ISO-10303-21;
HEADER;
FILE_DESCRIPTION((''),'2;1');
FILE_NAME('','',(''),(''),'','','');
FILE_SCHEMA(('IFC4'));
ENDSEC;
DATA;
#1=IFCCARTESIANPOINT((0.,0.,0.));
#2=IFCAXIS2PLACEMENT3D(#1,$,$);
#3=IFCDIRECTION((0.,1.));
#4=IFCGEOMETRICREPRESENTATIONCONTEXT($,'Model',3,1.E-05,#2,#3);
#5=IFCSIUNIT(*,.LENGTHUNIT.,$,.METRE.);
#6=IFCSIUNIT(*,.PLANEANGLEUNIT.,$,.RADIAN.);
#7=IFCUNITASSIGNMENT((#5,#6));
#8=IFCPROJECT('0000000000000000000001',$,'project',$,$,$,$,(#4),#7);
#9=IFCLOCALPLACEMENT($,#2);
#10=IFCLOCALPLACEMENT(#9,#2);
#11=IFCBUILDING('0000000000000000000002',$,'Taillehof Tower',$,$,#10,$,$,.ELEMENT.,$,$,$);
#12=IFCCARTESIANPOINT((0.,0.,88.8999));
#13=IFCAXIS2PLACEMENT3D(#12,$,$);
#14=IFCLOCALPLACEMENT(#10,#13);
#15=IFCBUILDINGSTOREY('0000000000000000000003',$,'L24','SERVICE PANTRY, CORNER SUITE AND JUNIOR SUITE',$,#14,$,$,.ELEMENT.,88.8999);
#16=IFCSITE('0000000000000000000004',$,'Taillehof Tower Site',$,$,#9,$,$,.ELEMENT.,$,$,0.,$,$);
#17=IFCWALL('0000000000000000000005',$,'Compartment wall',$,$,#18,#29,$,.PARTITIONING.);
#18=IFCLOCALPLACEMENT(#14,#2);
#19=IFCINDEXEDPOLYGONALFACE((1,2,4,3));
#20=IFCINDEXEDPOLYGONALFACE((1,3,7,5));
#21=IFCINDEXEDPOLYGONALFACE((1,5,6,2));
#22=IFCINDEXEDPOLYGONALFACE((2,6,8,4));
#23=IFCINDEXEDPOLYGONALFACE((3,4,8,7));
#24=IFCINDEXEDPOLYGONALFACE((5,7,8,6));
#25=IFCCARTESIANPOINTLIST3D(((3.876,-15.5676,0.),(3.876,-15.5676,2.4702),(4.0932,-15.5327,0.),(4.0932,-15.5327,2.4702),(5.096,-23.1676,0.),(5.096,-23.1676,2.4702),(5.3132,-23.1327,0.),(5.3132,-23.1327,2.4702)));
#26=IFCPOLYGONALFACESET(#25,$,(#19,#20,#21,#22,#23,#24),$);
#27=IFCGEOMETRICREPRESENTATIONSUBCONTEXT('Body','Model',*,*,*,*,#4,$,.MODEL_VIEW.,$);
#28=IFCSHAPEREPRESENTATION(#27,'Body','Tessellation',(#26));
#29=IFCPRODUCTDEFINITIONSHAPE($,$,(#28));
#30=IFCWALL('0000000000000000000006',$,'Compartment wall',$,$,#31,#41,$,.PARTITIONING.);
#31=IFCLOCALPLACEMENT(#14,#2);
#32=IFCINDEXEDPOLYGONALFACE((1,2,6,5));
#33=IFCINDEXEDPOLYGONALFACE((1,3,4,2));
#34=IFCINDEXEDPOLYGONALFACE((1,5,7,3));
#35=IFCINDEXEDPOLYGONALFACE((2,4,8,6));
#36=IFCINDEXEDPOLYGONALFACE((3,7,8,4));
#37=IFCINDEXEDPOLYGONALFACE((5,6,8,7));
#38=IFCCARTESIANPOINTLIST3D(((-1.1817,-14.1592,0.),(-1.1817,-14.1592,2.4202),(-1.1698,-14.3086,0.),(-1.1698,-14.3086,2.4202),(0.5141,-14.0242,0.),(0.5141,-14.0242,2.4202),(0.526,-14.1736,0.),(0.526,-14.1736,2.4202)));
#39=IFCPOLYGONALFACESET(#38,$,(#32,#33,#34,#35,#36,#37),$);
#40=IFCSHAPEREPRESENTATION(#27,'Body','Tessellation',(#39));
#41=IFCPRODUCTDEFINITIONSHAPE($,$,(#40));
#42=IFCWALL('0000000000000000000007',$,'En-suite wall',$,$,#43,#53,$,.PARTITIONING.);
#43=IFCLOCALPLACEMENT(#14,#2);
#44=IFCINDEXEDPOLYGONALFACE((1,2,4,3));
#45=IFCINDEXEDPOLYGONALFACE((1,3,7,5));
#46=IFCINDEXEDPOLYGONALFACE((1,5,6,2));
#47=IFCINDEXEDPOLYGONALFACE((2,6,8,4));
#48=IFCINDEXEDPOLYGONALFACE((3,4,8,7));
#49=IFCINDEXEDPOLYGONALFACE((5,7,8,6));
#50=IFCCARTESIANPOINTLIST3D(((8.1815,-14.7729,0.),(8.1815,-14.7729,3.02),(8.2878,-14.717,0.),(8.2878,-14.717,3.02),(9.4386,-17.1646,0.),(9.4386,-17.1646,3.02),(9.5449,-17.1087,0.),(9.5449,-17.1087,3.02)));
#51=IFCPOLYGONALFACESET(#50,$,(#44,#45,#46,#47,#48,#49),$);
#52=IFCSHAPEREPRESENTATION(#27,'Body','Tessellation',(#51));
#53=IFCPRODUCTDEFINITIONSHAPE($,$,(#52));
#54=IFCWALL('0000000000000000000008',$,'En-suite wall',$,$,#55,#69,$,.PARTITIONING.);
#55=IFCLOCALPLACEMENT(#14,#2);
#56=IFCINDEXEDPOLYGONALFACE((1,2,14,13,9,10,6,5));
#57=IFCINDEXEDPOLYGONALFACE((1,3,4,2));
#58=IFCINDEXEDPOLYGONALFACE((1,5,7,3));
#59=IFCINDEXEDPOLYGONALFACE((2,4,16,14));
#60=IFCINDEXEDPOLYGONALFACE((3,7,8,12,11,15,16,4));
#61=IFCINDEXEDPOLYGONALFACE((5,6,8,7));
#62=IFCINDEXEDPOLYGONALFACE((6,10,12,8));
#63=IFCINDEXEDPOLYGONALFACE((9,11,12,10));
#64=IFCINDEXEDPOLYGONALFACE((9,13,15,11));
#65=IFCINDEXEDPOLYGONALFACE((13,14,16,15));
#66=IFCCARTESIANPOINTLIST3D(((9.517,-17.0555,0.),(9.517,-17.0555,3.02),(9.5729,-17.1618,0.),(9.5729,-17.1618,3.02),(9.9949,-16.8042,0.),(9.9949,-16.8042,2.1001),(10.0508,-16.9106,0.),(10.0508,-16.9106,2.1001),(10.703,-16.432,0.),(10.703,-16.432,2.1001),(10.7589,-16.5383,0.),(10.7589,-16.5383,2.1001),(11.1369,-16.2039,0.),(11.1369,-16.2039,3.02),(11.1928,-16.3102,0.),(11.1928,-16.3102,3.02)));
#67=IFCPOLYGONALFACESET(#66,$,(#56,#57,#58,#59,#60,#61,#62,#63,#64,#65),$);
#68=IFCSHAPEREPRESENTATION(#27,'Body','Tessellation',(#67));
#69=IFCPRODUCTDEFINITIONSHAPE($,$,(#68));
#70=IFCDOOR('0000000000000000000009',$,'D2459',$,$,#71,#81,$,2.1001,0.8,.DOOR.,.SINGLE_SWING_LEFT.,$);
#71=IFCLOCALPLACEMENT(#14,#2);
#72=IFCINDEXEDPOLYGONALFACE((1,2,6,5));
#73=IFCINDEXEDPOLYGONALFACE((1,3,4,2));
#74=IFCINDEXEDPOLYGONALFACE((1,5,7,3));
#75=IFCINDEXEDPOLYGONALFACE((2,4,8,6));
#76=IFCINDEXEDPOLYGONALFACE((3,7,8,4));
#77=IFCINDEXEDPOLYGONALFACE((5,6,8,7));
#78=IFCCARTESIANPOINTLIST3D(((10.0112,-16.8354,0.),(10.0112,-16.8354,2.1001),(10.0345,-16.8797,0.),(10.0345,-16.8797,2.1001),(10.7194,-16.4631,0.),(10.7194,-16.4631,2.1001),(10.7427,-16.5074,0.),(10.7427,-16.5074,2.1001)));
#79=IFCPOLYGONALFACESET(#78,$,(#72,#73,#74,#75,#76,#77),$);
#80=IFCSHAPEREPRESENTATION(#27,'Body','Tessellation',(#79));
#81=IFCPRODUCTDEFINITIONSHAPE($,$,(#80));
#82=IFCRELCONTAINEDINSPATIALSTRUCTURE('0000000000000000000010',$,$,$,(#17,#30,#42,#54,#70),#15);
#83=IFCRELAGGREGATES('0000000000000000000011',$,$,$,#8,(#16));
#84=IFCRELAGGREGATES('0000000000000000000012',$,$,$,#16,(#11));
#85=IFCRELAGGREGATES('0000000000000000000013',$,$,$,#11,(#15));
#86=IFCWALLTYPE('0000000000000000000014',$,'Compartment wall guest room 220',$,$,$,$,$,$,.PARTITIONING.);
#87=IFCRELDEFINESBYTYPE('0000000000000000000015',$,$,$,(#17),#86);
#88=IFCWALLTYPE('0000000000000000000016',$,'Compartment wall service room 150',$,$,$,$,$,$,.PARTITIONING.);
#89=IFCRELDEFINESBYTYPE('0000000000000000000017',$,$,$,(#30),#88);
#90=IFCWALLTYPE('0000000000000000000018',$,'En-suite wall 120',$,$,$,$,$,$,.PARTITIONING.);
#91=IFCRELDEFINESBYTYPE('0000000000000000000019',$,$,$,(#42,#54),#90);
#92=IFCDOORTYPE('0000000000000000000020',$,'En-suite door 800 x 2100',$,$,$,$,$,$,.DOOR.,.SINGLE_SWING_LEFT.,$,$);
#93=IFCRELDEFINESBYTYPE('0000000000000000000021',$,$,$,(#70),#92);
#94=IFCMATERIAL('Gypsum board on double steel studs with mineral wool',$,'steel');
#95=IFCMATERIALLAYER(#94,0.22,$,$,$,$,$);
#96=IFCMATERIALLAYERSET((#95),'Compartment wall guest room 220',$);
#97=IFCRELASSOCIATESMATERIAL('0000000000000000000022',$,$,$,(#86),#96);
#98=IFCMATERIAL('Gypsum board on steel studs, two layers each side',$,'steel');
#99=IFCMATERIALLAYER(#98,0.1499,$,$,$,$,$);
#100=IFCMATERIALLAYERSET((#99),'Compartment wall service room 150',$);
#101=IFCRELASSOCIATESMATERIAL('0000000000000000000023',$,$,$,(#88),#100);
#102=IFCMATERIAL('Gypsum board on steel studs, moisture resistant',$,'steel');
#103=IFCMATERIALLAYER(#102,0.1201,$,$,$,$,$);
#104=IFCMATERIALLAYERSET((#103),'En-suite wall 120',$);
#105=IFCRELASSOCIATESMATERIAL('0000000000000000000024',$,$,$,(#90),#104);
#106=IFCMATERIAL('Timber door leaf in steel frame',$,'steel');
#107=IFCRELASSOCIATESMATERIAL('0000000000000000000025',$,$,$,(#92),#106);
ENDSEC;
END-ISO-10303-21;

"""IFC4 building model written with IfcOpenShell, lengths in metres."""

from ifc_helpers import new_model, si_unit, direction, frame, frame_2d, origin, place, context, subcontext, project, spatial, rectangle, extrude, material, layer, layer_set, type_object, element, fill, save


model = new_model("IFC4")

# Units and contexts
model_context = context("Model", 3, precision=1e-05, world=origin(), true_north=direction((0.0, 1.0)))
body_context = subcontext(model_context, "Body", "Model", "MODEL_VIEW")
ifc_project = project(units=[si_unit("LENGTHUNIT", "METRE"), si_unit("PLANEANGLEUNIT", "RADIAN")], contexts=[model_context])

# Site, building, storey
site_placement = place(None, origin())
site = spatial("IfcSite", under=ifc_project, at=site_placement, Name="Taillehof Tower Site", CompositionType="ELEMENT", RefElevation=0.0)
building_placement = place(site_placement, origin())
building = spatial("IfcBuilding", under=site, at=building_placement, Name="Taillehof Tower", CompositionType="ELEMENT")
storey_placement = place(building_placement, frame((0.0, 0.0, 88.8999)))
storey = spatial("IfcBuildingStorey", under=building, at=storey_placement, Name="L24", Description="SERVICE PANTRY, CORNER SUITE AND JUNIOR SUITE", CompositionType="ELEMENT", Elevation=88.8999)

# Walls
ifc_material_1 = material(Name="Gypsum board on double steel studs with mineral wool", Category="steel")
ifc_layer_1 = layer(ifc_material_1, 0.22)
ifc_layer_set_1 = layer_set([ifc_layer_1], Name="Compartment wall guest room 220")
wall_type_1 = type_object("IfcWallType", Name="Compartment wall guest room 220", PredefinedType="PARTITIONING", material=ifc_layer_set_1)
for number, where, z_axis, x_axis, name in (
    (1, (5.2046, -23.1501, 0.0), (0.0, 0.0, 1.0), (-0.158496, 0.98736, 0.0), "Compartment wall"),
):
    element("IfcWall", number, at=place(storey_placement, frame(where, z_axis=z_axis, x_axis=x_axis)), inside=storey, type_object=wall_type_1, Name=name, PredefinedType="PARTITIONING", context=body_context, shape_type="SweptSolid", body=[
        extrude(rectangle(XDim=7.6973, YDim=0.22, at=frame_2d((3.8486, 0.0))), origin(), (0.0, 0.0, 1.0), 2.4702),
    ])
ifc_material_2 = material(Name="Gypsum board on steel studs, two layers each side", Category="steel")
ifc_layer_2 = layer(ifc_material_2, 0.1499)
ifc_layer_set_2 = layer_set([ifc_layer_2], Name="Compartment wall service room 150")
wall_type_2 = type_object("IfcWallType", Name="Compartment wall service room 150", PredefinedType="PARTITIONING", material=ifc_layer_set_2)
wall_1_placement = place(storey_placement, frame((0.52, -14.0989, 0.0), z_axis=(0.0, 0.0, 1.0), x_axis=(-0.996846, -0.079363, 0.0)))
element("IfcWall", 2, at=wall_1_placement, inside=storey, type_object=wall_type_2, Name="Compartment wall", PredefinedType="PARTITIONING", context=body_context, shape_type="SweptSolid", body=[
    extrude(rectangle(XDim=1.7012, YDim=0.1499, at=frame_2d((0.8506, 0.0))), origin(), (0.0, 0.0, 1.0), 2.4202),
])
ifc_material_3 = material(Name="Gypsum board on steel studs, moisture resistant", Category="steel")
ifc_layer_3 = layer(ifc_material_3, 0.1201)
ifc_layer_set_3 = layer_set([ifc_layer_3], Name="En-suite wall 120")
wall_type_3 = type_object("IfcWallType", Name="En-suite wall 120", PredefinedType="PARTITIONING", material=ifc_layer_set_3)
wall_2_placement = place(storey_placement, frame((8.2346, -14.7449, 0.0), z_axis=(0.0, 0.0, 1.0), x_axis=(0.465266, -0.885171, 0.0)))
element("IfcWall", 3, at=wall_2_placement, inside=storey, type_object=wall_type_3, Name="En-suite wall", PredefinedType="PARTITIONING", context=body_context, shape_type="SweptSolid", body=[
    extrude(rectangle(XDim=2.7019, YDim=0.1201, at=frame_2d((1.3511, 0.0))), origin(), (0.0, 0.0, 1.0), 3.02),
])

# Wall, opening, door
wall_3_placement = place(storey_placement, frame((9.5449, -17.1086, 0.0), z_axis=(0.0, 0.0, 1.0), x_axis=(0.885144, 0.465318, 0.0)))
wall_3 = element("IfcWall", 4, at=wall_3_placement, inside=storey, type_object=wall_type_3, Name="En-suite wall", PredefinedType="PARTITIONING", context=body_context, shape_type="SweptSolid", body=[
    extrude(rectangle(XDim=1.8301, YDim=0.1201, at=frame_2d((0.915, 0.0))), origin(), (0.0, 0.0, 1.0), 3.02),
])
opening_1_placement = place(wall_3_placement, frame((0.54, 0.0, 0.0)))
opening_1 = element("IfcOpeningElement", 5, at=opening_1_placement, cuts=wall_3, PredefinedType="OPENING", context=body_context, shape_type="SweptSolid", body=[
    extrude(rectangle(XDim=0.8, YDim=2.1001, at=frame_2d((0.3999, 1.05))), frame((0.0, 0.0701, 0.0), z_axis=(0.0, -1.0, 0.0), x_axis=(1.0, 0.0, 0.0)), (0.0, 0.0, 1.0), 0.1401),
])
ifc_material_4 = material(Name="Timber door leaf in steel frame", Category="steel")
door_type_1 = type_object("IfcDoorType", Name="En-suite door 800 x 2100", OperationType="SINGLE_SWING_LEFT", PredefinedType="DOOR", material=ifc_material_4)
door_1_placement = place(opening_1_placement, origin())
door_1 = element("IfcDoor", 6, at=door_1_placement, inside=storey, type_object=door_type_1, Name="D2459", OperationType="SINGLE_SWING_LEFT", OverallHeight=2.1001, OverallWidth=0.8, PredefinedType="DOOR", context=body_context, shape_type="SweptSolid", body=[
    extrude(rectangle(XDim=0.8, YDim=2.1001, at=frame_2d((0.3999, 1.05))), frame((0.0, 0.0249, 0.0), z_axis=(0.0, -1.0, 0.0), x_axis=(1.0, 0.0, 0.0)), (0.0, 0.0, 1.0), 0.05),
])
fill(opening_1, door_1)

save(model, "model.ifc")
